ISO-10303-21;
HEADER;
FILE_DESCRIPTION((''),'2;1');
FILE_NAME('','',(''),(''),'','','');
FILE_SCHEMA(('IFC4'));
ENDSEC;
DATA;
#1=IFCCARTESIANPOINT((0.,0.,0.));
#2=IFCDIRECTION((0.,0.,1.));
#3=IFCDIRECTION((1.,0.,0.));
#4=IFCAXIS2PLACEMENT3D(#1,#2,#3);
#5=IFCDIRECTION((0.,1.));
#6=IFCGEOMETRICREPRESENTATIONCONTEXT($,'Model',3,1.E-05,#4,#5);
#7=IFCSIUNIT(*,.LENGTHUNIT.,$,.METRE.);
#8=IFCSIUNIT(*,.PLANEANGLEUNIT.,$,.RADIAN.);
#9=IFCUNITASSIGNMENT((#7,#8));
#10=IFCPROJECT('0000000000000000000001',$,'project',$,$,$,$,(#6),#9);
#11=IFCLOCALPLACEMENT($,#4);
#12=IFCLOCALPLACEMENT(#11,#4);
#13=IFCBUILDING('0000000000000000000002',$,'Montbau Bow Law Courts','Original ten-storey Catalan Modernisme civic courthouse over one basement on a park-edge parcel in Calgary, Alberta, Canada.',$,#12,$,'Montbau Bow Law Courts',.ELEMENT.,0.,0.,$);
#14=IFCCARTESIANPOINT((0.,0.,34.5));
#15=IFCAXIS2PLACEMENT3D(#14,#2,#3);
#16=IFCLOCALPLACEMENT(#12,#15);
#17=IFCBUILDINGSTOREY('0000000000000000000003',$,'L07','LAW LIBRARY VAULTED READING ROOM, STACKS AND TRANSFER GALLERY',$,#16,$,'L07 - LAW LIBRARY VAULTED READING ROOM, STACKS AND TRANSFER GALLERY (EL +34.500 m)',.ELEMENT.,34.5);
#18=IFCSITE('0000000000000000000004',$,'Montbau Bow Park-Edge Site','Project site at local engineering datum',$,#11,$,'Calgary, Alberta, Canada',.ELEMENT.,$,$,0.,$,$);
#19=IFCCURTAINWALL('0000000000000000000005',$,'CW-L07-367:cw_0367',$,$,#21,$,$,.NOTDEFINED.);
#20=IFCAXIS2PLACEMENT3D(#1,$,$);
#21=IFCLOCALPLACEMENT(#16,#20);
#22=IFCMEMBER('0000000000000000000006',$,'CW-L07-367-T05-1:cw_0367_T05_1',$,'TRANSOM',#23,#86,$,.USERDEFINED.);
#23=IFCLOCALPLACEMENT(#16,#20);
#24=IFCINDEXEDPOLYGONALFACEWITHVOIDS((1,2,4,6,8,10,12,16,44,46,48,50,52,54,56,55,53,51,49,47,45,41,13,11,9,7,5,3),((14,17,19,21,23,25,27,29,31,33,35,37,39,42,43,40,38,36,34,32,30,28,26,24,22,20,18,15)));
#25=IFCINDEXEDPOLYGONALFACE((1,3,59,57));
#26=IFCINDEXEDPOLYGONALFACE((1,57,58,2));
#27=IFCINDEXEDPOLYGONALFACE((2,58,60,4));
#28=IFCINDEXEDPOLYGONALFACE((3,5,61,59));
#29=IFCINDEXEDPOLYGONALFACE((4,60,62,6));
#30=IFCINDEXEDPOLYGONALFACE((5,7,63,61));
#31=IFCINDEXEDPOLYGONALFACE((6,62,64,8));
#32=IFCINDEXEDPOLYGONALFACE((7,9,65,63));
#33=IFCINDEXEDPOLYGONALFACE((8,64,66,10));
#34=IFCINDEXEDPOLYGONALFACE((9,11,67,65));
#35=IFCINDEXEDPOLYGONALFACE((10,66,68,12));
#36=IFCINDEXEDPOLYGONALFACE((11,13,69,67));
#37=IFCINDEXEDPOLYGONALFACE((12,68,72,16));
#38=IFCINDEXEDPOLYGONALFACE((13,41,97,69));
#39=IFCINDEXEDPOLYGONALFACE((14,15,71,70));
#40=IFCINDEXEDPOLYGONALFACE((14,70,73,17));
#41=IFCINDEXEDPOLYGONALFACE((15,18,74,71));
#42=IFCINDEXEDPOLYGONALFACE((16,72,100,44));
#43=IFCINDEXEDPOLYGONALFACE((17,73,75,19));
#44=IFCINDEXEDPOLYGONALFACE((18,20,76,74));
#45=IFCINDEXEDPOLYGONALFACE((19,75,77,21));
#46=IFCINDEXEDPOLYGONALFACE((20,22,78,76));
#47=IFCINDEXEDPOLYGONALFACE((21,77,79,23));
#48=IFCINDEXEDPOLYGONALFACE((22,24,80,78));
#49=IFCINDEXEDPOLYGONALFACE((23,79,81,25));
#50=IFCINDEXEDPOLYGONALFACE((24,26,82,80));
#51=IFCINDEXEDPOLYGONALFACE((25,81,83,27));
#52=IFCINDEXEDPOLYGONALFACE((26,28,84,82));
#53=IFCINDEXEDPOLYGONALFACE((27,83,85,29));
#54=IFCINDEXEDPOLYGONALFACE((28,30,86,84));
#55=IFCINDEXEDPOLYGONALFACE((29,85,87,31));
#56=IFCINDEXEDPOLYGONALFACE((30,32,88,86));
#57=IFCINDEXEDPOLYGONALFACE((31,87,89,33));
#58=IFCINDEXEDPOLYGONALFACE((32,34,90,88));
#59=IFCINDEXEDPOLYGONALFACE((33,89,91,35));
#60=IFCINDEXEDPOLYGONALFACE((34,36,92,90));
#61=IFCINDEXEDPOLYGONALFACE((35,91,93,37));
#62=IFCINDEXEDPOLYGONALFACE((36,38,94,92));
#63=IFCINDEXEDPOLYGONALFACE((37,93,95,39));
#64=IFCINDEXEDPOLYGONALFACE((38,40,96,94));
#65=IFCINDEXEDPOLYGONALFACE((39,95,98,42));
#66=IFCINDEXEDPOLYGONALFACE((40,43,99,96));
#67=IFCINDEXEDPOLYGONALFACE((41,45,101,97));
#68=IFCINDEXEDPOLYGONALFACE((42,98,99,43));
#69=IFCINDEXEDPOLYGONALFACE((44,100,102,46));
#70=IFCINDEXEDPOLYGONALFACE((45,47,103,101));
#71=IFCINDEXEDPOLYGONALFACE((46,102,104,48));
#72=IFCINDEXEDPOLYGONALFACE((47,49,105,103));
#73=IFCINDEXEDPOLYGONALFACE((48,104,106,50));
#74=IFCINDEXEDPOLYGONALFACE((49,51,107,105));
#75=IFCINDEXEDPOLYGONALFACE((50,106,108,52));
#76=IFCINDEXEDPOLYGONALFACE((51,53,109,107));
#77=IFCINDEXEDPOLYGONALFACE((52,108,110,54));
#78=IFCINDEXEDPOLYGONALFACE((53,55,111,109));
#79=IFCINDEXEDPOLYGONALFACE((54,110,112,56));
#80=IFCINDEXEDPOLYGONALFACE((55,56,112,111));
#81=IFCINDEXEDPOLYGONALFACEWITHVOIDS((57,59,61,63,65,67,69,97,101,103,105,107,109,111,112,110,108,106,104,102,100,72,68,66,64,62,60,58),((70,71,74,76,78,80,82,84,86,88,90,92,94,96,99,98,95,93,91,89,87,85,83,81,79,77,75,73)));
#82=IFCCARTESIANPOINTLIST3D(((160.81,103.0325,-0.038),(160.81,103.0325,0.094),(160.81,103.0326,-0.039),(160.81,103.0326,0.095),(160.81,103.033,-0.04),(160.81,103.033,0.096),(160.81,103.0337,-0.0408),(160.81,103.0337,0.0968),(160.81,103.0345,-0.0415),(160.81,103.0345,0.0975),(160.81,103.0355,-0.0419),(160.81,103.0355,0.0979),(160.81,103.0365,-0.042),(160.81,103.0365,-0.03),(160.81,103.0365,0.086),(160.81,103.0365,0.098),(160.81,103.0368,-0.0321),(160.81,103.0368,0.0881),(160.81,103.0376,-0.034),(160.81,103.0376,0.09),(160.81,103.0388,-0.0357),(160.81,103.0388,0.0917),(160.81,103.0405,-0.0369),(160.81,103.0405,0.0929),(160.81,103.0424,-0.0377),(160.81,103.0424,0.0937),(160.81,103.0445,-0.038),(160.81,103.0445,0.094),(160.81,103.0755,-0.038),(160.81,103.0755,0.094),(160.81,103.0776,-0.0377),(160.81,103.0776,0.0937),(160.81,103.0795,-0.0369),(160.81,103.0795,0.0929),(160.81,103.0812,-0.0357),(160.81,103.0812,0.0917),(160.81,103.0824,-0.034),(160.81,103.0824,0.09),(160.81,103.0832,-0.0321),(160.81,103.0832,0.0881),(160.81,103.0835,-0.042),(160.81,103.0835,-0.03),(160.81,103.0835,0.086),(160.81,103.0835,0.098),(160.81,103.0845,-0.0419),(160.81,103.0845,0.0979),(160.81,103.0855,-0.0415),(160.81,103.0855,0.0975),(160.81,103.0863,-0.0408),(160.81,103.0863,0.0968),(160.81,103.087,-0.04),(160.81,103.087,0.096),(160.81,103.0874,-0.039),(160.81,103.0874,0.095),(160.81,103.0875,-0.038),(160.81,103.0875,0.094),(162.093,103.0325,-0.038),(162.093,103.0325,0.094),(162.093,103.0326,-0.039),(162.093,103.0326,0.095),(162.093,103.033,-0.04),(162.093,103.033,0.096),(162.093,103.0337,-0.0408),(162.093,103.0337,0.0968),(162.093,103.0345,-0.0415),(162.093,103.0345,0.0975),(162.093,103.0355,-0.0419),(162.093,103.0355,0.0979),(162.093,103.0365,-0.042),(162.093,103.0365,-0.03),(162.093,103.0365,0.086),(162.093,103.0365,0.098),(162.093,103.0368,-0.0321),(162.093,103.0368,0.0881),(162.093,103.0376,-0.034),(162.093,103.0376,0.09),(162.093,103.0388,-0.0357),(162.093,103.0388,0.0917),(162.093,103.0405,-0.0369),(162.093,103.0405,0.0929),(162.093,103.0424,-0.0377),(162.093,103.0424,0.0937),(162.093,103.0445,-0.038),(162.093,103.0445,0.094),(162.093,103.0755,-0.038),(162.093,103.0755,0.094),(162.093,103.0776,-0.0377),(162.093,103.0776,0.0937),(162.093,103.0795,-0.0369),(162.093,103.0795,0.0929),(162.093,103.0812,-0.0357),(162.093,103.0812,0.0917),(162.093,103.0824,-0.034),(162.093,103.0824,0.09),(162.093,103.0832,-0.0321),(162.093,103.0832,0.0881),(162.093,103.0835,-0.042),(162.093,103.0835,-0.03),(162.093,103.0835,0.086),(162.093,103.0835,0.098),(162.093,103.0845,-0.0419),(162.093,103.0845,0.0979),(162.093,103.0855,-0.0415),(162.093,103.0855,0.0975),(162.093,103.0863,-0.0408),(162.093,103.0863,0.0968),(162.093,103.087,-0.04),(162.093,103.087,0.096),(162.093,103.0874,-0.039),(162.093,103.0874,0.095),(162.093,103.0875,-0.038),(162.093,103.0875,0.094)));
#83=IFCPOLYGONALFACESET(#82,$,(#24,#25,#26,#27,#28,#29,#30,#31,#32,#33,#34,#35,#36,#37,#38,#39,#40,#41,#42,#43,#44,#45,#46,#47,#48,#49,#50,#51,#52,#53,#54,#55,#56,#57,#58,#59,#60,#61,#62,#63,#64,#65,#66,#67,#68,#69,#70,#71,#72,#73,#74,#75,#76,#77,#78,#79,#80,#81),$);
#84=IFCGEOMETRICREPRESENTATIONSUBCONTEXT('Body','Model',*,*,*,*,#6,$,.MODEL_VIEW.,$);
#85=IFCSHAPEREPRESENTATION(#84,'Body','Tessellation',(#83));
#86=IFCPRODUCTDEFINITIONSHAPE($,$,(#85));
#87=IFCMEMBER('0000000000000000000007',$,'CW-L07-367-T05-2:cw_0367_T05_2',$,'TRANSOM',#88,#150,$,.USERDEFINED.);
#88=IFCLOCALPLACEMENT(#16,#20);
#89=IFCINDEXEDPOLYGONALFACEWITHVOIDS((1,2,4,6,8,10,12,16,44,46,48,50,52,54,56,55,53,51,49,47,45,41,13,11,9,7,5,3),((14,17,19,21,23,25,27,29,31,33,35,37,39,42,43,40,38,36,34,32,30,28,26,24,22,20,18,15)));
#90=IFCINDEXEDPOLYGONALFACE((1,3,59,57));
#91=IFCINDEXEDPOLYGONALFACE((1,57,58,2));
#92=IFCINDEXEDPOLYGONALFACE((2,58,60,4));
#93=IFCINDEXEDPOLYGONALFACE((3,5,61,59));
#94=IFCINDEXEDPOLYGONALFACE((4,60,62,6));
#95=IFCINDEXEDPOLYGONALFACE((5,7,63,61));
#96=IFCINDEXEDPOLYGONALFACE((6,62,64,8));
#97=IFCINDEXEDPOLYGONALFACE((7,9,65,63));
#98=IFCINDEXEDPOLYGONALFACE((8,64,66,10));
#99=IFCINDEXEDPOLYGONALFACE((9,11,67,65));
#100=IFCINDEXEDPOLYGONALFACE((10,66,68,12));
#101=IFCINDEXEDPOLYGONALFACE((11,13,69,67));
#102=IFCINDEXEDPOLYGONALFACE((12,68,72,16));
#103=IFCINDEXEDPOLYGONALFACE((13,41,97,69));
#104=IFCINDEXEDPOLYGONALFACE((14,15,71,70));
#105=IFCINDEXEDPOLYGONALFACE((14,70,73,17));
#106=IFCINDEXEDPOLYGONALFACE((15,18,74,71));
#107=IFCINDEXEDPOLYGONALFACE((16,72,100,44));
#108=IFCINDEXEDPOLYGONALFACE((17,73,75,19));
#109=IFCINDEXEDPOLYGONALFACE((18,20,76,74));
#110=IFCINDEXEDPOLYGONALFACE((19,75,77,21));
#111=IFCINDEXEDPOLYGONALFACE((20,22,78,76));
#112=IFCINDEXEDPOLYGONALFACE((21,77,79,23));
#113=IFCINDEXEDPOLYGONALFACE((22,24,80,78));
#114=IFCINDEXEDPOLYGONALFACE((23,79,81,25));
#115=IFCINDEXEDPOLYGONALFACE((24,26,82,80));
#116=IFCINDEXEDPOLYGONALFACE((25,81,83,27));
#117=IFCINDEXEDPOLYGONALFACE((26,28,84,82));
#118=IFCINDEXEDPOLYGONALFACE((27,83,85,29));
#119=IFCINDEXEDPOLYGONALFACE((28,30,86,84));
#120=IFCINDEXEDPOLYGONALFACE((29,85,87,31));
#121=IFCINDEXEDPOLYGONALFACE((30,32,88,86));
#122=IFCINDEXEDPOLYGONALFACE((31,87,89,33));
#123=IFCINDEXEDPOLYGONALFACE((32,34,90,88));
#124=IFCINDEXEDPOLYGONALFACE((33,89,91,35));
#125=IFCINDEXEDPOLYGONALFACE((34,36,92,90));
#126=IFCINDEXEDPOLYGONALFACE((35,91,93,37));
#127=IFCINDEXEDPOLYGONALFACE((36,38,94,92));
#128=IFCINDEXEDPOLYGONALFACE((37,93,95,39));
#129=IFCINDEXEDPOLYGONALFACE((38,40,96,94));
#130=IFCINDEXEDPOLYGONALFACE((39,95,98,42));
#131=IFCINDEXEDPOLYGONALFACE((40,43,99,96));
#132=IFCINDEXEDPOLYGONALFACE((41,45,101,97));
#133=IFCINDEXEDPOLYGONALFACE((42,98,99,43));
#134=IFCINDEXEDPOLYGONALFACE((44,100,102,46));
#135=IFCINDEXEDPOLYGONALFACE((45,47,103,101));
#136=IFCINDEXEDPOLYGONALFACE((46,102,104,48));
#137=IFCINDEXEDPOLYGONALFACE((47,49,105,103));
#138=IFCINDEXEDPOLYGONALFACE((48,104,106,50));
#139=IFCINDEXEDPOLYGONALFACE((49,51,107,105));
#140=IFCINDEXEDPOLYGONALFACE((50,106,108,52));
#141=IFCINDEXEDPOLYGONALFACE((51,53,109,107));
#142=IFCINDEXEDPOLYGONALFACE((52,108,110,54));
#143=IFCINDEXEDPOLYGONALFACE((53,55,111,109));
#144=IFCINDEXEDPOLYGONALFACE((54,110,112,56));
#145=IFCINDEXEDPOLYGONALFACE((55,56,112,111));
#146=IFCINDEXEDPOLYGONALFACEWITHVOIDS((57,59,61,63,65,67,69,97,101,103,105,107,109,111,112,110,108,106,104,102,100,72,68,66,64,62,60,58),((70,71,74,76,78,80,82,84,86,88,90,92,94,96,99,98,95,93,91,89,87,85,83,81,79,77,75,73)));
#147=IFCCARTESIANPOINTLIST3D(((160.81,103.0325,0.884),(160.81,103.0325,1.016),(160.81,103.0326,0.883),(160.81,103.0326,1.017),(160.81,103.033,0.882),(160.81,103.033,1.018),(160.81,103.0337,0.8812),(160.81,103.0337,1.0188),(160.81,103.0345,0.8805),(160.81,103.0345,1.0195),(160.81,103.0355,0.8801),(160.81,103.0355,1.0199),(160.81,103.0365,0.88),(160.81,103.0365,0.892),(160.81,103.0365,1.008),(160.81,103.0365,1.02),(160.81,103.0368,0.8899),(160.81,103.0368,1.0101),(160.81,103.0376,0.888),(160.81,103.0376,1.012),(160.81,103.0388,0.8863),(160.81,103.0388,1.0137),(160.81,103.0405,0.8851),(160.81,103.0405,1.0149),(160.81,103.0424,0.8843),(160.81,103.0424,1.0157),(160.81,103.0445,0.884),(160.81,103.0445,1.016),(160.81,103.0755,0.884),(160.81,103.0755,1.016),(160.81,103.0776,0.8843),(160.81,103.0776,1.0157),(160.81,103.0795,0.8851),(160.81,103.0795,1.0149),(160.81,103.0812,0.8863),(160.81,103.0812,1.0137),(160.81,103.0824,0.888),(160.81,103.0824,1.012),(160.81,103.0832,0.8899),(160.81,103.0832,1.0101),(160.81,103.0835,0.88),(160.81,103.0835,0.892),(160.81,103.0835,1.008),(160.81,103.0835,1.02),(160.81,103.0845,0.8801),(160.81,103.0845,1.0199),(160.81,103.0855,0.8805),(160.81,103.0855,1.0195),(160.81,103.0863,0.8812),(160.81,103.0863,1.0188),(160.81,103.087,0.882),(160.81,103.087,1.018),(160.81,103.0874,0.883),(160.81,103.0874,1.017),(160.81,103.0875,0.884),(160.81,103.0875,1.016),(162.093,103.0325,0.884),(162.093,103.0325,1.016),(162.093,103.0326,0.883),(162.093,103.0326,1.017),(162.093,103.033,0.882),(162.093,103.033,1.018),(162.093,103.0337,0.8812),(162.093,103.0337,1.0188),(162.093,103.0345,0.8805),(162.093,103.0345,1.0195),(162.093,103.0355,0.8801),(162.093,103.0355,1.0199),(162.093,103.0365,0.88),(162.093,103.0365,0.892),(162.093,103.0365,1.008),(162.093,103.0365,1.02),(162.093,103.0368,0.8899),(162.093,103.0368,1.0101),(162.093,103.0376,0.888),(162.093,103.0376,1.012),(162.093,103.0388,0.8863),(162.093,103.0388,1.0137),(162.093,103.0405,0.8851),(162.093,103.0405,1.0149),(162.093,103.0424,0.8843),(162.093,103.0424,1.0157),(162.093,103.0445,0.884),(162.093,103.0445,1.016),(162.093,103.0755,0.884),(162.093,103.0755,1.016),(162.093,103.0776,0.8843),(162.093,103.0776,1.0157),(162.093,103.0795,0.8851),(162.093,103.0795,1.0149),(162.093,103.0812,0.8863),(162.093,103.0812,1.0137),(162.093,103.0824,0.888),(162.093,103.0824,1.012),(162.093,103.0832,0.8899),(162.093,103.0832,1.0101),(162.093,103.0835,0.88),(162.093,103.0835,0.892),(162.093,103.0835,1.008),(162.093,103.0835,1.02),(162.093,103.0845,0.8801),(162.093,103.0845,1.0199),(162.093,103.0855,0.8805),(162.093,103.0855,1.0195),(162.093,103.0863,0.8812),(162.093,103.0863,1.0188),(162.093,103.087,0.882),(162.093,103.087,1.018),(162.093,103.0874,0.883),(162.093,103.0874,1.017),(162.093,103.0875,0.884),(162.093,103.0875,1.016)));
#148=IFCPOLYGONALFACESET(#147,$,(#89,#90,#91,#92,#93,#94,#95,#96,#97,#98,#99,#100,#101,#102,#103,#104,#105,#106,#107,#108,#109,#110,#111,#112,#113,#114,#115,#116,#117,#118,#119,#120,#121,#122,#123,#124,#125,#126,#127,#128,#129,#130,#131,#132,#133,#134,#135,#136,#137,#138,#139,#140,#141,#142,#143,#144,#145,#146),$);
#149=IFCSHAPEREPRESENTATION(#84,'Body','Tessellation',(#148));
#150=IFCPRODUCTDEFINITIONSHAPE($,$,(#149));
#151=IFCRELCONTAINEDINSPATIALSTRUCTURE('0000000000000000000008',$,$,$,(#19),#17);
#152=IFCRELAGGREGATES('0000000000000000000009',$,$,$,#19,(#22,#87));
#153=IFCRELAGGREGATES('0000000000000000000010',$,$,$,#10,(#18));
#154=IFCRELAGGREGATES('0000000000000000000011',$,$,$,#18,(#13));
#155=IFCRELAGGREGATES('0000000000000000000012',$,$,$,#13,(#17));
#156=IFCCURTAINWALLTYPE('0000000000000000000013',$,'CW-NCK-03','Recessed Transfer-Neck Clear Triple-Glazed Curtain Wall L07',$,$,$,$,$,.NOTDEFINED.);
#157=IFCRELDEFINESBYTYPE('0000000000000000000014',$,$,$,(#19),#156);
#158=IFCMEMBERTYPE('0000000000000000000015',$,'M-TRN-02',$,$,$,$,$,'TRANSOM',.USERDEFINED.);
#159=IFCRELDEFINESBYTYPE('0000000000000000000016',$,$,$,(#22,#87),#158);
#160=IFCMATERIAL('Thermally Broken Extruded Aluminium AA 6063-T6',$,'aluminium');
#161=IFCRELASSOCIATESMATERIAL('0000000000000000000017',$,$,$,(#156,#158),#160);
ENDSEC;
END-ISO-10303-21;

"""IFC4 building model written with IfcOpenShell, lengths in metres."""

from ifc_helpers import new_model, si_unit, direction, frame, origin_with_axes, origin_2d_with_axis, place, context, subcontext, project, spatial, hollow_rectangle, extrude, material, material_profile, profile_set, type_object, element, aggregate, save


model = new_model("IFC4")

# Units and contexts
model_context = context("Model", 3, precision=1e-05, world=origin_with_axes(), true_north=direction((0.0, 1.0)))
body_context = subcontext(model_context, "Body", "Model", "MODEL_VIEW")
ifc_project = project(units=[si_unit("LENGTHUNIT", "METRE"), si_unit("PLANEANGLEUNIT", "RADIAN")], contexts=[model_context])

# Site, building, storey
site_placement = place(None, origin_with_axes())
site = spatial("IfcSite", under=ifc_project, at=site_placement, Name="Montbau Bow Park-Edge Site", Description="Project site at local engineering datum", LongName="Calgary, Alberta, Canada", CompositionType="ELEMENT", RefElevation=0.0)
building_placement = place(site_placement, origin_with_axes())
building = spatial("IfcBuilding", under=site, at=building_placement, Name="Montbau Bow Law Courts", Description="Original ten-storey Catalan Modernisme civic courthouse over one basement on a park-edge parcel in Calgary, Alberta, Canada.", LongName="Montbau Bow Law Courts", CompositionType="ELEMENT", ElevationOfRefHeight=0.0, ElevationOfTerrain=0.0)
storey_placement = place(building_placement, frame((0.0, 0.0, 34.5), z_axis=(0.0, 0.0, 1.0), x_axis=(1.0, 0.0, 0.0)))
storey = spatial("IfcBuildingStorey", under=building, at=storey_placement, Name="L07", Description="LAW LIBRARY VAULTED READING ROOM, STACKS AND TRANSFER GALLERY", LongName="L07 - LAW LIBRARY VAULTED READING ROOM, STACKS AND TRANSFER GALLERY (EL +34.500 m)", CompositionType="ELEMENT", Elevation=34.5)

# Curtain wall, members
ifc_material_1 = material(Name="Thermally Broken Extruded Aluminium AA 6063-T6", Category="aluminium")
curtain_wall_type = type_object("IfcCurtainWallType", Name="CW-NCK-03", Description="Recessed Transfer-Neck Clear Triple-Glazed Curtain Wall L07", PredefinedType="NOTDEFINED", material=ifc_material_1)
curtain_wall_placement = place(None, frame((155.24, 103.06, 34.5), z_axis=(0.0, 0.0, 1.0), x_axis=(1.0, 0.0, 0.0)))
curtain_wall = element("IfcCurtainWall", 1, at=curtain_wall_placement, inside=storey, type_object=curtain_wall_type, Name="CW-L07-367:cw_0367", PredefinedType="NOTDEFINED")
ifc_material_profile_1 = material_profile(ifc_material_1, hollow_rectangle(XDim=0.055, YDim=0.14, WallThickness=0.004, InnerFilletRadius=0.008, OuterFilletRadius=0.004, at=origin_2d_with_axis()), Name="CWT-140X55", Category="Main", Priority=0)
ifc_profile_set_1 = profile_set([ifc_material_profile_1], Name="Thermally Broken Extruded Aluminium AA 6063-T6")
member_type_1 = type_object("IfcMemberType", Name="M-TRN-02", ElementType="TRANSOM", PredefinedType="USERDEFINED", material=ifc_profile_set_1)
member_1_placement = place(None, frame((160.81, 103.06, 34.528), z_axis=(1.0, 0.0, 0.0), x_axis=(0.0, 1.0, 0.0)))
member_1 = element("IfcMember", 2, at=member_1_placement, type_object=member_type_1, Name="CW-L07-367-T05-1:cw_0367_T05_1", ObjectType="TRANSOM", PredefinedType="USERDEFINED", context=body_context, shape_type="SweptSolid", body=[
    extrude(hollow_rectangle(XDim=0.055, YDim=0.14, WallThickness=0.004, InnerFilletRadius=0.008, OuterFilletRadius=0.004, at=origin_2d_with_axis()), origin_with_axes(), (0.0, 0.0, 1.0), 1.283),
])
member_2_placement = place(None, frame((160.81, 103.06, 35.45), z_axis=(1.0, 0.0, 0.0), x_axis=(0.0, 1.0, 0.0)))
member_2 = element("IfcMember", 3, at=member_2_placement, type_object=member_type_1, Name="CW-L07-367-T05-2:cw_0367_T05_2", ObjectType="TRANSOM", PredefinedType="USERDEFINED", context=body_context, shape_type="SweptSolid", body=[
    extrude(hollow_rectangle(XDim=0.055, YDim=0.14, WallThickness=0.004, InnerFilletRadius=0.008, OuterFilletRadius=0.004, at=origin_2d_with_axis()), origin_with_axes(), (0.0, 0.0, 1.0), 1.283),
])
aggregate(curtain_wall, [member_1, member_2])

save(model, "model.ifc")
